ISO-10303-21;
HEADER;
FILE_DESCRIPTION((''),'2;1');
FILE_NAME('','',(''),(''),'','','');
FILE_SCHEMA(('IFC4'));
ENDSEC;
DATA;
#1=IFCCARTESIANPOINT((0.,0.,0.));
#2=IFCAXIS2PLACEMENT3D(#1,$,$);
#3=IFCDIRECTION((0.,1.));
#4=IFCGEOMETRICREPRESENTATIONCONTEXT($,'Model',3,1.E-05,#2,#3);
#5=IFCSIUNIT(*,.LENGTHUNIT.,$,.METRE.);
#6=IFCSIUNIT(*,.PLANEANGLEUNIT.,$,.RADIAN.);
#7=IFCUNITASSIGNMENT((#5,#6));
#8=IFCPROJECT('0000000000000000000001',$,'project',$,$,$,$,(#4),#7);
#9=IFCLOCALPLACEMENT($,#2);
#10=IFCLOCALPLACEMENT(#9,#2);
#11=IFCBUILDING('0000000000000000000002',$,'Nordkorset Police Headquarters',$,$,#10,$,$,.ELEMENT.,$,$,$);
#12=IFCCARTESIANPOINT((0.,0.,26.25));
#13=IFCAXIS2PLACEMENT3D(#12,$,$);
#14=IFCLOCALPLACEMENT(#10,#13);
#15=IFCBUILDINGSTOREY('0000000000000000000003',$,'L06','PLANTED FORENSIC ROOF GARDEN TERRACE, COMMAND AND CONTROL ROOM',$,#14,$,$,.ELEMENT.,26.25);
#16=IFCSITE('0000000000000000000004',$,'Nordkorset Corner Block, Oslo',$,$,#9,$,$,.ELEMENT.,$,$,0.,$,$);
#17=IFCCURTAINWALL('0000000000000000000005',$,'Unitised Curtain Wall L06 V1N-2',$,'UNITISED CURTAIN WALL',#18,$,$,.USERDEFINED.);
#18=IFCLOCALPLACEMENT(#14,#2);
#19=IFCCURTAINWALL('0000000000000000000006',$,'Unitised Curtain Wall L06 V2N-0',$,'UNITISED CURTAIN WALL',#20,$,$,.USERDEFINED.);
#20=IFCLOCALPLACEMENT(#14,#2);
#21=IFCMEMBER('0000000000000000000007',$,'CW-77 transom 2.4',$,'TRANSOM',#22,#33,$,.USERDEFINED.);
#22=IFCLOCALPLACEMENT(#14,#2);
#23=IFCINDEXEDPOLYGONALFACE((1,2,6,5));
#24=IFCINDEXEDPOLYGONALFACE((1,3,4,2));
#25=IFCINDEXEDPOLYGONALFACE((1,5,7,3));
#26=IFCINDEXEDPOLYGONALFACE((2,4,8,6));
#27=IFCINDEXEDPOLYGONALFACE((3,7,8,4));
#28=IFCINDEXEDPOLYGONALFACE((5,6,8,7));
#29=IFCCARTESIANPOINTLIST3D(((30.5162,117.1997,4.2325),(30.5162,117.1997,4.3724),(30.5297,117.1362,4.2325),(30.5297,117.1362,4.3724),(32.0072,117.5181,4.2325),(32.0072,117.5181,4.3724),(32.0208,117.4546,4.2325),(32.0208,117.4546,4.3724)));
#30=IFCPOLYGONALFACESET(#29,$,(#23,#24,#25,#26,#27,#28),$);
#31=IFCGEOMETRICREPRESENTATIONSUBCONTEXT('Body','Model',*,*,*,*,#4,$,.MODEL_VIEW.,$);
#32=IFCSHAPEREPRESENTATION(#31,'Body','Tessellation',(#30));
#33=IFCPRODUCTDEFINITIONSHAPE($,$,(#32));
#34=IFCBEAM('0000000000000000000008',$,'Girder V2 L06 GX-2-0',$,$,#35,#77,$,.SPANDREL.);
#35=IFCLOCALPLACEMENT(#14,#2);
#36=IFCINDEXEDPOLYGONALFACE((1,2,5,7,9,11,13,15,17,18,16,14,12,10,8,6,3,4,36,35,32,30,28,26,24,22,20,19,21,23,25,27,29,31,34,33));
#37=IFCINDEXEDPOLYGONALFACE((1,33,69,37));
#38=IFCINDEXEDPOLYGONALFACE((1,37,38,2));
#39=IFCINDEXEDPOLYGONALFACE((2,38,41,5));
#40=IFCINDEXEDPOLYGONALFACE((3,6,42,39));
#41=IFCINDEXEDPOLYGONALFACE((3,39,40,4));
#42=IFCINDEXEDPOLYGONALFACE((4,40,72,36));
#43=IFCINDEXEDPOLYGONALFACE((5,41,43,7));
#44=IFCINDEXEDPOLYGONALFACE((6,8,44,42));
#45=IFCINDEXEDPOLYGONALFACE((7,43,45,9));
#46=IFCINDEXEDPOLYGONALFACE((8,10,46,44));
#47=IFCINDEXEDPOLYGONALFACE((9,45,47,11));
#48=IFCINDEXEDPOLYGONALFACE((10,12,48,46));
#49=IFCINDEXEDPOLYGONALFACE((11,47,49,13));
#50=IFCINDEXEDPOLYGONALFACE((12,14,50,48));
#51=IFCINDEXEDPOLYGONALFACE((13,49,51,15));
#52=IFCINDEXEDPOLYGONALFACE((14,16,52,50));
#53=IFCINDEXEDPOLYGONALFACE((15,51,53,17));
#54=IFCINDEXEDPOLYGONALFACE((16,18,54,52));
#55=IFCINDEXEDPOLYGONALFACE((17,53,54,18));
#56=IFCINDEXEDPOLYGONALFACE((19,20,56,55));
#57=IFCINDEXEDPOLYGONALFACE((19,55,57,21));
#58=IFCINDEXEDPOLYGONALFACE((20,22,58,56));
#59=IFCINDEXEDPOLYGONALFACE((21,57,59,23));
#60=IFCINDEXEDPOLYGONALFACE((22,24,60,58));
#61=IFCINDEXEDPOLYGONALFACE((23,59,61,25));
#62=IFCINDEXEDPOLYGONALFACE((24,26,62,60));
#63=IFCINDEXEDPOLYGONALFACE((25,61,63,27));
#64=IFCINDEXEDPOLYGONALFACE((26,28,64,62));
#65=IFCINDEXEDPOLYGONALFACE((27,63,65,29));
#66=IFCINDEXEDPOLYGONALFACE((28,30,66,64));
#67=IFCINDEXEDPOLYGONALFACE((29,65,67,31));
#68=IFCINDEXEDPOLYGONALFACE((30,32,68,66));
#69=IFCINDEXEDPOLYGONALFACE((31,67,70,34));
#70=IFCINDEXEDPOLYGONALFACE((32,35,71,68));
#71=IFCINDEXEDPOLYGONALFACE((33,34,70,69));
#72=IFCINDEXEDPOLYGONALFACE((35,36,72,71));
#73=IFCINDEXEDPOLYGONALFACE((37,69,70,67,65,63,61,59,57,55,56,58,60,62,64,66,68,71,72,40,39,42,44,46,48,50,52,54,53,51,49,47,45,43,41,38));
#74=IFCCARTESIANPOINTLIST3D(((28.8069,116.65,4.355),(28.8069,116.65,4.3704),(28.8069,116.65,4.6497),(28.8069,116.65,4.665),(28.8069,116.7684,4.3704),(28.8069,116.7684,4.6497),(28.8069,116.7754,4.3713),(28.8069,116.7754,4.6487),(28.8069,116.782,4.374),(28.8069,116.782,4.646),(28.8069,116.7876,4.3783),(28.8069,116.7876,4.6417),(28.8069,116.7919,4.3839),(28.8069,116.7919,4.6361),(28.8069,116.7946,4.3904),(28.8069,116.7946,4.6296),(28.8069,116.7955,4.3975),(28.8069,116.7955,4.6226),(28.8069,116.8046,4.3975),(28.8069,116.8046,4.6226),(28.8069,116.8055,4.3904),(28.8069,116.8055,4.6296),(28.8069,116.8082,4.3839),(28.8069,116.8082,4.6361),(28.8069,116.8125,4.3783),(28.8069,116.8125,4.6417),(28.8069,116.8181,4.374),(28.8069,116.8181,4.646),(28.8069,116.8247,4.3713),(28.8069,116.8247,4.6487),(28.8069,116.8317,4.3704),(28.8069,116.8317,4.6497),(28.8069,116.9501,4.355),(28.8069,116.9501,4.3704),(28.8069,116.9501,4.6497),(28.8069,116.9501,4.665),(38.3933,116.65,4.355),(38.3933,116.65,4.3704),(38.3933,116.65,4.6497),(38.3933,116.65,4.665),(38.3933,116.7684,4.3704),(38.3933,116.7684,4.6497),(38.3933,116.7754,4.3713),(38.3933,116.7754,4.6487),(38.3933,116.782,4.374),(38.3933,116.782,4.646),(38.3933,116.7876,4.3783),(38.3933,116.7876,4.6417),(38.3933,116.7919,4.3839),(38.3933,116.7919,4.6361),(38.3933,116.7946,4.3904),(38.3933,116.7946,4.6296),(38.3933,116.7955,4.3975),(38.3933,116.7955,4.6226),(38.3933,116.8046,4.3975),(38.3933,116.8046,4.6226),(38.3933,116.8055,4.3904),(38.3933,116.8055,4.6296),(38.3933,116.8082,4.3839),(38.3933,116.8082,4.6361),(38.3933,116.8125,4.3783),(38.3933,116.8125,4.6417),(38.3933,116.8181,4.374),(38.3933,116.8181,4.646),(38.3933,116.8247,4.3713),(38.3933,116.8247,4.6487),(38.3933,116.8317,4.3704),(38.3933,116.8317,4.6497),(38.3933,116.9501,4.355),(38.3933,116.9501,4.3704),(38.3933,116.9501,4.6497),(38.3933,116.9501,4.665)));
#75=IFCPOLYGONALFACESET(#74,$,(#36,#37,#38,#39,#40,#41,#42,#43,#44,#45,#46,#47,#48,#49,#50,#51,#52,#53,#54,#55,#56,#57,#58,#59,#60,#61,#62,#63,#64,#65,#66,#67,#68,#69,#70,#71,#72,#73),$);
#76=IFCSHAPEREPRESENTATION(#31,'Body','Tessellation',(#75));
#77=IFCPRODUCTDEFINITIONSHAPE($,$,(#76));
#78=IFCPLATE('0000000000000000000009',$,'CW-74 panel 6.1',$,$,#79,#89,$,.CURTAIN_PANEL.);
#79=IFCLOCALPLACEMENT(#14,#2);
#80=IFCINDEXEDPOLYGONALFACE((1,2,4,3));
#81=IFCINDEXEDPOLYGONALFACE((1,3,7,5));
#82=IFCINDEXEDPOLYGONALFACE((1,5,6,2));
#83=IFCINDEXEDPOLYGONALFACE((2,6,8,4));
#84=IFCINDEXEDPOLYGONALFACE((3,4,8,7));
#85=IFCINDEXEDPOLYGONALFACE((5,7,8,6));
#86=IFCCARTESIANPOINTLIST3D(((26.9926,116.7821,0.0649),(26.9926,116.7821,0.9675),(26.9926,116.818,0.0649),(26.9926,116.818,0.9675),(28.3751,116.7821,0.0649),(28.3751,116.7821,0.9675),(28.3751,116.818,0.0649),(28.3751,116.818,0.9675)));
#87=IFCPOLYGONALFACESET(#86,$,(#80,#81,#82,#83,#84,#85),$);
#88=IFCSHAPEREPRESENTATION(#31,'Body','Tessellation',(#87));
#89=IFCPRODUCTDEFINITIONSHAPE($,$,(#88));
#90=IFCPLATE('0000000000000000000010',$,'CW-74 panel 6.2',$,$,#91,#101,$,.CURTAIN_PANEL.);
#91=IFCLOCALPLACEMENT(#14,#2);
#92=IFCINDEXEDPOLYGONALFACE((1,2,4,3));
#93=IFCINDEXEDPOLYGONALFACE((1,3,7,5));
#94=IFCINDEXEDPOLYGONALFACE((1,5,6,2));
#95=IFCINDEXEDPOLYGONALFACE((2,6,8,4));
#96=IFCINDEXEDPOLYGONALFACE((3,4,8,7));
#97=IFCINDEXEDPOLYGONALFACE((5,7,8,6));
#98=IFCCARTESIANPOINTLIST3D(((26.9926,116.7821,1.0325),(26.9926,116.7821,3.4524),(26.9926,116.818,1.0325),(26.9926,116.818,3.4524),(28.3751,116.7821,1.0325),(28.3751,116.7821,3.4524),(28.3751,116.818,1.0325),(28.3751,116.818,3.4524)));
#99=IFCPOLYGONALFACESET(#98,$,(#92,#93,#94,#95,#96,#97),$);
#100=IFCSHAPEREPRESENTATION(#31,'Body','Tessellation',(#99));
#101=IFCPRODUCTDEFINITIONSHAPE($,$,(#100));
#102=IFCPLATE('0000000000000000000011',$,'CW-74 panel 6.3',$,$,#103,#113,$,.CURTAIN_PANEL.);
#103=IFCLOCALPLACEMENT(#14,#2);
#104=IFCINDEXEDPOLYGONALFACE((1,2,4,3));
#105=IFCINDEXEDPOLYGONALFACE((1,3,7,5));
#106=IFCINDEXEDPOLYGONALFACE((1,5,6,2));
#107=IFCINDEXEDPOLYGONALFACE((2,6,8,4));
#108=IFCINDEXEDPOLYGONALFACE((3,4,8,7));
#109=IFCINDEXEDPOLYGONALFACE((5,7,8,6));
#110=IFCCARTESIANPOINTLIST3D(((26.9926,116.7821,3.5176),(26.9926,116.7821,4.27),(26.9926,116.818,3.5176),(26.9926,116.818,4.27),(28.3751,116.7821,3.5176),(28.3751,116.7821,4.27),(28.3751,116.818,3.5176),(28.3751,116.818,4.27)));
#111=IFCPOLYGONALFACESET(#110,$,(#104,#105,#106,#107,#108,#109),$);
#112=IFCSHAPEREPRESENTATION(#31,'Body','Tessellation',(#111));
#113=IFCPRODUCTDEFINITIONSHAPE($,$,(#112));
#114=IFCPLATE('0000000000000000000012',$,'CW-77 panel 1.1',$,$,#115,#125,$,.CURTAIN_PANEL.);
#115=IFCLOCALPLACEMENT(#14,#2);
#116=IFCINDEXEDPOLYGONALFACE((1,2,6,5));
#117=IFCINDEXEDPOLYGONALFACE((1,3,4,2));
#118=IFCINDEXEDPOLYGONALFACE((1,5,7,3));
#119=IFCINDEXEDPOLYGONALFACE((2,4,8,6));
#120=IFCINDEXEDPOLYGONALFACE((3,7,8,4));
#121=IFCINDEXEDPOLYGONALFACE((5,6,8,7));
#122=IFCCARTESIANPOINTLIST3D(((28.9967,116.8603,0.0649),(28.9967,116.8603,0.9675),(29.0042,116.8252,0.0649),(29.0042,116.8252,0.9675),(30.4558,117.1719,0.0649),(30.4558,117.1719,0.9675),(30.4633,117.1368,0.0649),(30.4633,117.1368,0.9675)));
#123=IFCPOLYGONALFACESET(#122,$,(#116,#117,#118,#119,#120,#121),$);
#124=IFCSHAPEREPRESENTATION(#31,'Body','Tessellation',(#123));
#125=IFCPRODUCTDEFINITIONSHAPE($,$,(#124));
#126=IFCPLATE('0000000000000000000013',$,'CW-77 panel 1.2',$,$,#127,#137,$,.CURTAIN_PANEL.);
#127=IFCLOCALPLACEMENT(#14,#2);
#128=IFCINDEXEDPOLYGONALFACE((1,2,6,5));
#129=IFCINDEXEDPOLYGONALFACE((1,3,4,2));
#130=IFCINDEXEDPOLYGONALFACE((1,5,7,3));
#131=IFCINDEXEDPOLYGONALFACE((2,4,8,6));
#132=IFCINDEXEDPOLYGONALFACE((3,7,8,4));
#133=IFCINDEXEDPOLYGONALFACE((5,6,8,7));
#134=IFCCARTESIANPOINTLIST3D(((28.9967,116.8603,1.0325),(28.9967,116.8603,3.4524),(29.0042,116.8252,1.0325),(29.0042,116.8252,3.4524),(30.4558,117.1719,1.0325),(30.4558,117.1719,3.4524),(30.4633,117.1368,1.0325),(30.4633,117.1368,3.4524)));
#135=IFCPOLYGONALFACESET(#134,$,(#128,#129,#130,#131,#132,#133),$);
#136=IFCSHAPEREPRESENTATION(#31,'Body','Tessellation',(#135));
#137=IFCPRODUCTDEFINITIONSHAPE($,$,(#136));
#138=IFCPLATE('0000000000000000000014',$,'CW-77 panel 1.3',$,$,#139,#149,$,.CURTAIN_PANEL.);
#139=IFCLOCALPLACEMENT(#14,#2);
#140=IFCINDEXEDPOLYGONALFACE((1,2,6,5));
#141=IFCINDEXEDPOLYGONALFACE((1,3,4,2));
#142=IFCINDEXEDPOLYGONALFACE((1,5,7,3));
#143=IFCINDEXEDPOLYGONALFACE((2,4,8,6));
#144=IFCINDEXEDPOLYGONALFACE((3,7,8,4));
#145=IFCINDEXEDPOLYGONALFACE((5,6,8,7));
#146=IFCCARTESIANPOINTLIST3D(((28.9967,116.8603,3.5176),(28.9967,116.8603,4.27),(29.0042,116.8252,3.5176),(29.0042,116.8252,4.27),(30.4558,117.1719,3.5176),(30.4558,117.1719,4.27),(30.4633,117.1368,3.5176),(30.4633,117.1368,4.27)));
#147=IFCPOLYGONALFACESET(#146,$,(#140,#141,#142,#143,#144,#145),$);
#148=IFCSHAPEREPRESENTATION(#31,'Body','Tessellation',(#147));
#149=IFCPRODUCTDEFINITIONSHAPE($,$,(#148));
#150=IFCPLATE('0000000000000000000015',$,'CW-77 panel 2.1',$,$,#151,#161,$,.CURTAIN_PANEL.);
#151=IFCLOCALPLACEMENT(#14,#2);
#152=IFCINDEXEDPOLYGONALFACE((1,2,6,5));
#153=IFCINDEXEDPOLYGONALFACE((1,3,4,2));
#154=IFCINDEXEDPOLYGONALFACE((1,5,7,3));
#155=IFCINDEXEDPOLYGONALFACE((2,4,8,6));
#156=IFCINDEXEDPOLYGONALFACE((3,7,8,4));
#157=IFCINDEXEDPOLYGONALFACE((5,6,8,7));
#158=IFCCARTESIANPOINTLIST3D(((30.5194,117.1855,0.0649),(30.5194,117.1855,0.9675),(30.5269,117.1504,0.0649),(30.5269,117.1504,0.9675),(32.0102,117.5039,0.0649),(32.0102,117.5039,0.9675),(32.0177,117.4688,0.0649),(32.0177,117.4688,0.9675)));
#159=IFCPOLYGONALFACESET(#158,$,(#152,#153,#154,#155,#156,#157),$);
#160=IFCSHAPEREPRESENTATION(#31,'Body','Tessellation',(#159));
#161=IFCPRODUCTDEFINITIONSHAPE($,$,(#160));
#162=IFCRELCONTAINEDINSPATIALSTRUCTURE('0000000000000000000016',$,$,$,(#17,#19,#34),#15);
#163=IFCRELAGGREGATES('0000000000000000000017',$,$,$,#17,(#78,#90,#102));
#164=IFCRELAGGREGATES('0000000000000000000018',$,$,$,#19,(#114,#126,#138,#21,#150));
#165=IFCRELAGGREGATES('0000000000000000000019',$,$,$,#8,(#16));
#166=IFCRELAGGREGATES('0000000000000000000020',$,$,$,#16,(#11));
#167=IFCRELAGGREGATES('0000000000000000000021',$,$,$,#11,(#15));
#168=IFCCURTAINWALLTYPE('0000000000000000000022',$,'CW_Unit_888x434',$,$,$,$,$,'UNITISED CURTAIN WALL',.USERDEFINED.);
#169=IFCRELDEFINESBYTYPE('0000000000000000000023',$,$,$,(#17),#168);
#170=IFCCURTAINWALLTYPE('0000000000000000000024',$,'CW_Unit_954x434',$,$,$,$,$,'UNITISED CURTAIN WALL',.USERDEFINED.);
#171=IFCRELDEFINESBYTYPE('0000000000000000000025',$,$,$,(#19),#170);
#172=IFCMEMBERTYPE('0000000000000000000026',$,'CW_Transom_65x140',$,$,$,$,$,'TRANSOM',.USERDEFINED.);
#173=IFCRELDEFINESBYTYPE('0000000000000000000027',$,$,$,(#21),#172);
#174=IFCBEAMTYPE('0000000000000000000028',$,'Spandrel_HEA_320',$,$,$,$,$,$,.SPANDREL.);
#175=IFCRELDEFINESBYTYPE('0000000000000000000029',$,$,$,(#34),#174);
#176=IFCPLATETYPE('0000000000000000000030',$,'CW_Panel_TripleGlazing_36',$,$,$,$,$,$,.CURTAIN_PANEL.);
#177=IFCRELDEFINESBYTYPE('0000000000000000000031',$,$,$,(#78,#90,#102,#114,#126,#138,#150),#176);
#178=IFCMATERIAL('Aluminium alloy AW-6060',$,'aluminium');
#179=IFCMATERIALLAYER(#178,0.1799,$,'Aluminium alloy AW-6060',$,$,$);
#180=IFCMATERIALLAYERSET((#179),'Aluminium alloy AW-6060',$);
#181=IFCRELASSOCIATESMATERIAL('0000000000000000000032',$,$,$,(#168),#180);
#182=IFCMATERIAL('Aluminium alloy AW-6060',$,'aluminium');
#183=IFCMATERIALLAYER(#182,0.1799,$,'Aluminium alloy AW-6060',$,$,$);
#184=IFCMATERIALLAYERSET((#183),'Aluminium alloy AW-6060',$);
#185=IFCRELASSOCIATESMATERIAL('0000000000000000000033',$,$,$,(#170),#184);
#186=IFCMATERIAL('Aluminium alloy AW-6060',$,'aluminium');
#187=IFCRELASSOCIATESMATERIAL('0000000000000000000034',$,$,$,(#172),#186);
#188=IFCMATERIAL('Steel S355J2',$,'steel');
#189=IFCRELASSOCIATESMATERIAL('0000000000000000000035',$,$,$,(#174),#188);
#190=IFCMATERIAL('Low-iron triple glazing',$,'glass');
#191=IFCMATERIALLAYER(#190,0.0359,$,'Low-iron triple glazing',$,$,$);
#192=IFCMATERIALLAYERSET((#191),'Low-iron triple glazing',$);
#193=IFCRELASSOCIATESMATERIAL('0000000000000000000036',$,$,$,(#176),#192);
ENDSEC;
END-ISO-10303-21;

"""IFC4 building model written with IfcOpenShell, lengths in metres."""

from ifc_helpers import new_model, si_unit, direction, frame, origin, origin_2d, place, context, subcontext, project, spatial, rectangle, i_section, extrude, material, layer, layer_set, material_profile, profile_set, type_object, element, aggregate, save


model = new_model("IFC4")

# Units and contexts
model_context = context("Model", 3, precision=1e-05, world=origin(), true_north=direction((0.0, 1.0)))
body_context = subcontext(model_context, "Body", "Model", "MODEL_VIEW")
ifc_project = project(units=[si_unit("LENGTHUNIT", "METRE"), si_unit("PLANEANGLEUNIT", "RADIAN")], contexts=[model_context])

# Site, building, storey
site_placement = place(None, origin())
site = spatial("IfcSite", under=ifc_project, at=site_placement, Name="Nordkorset Corner Block, Oslo", CompositionType="ELEMENT", RefElevation=0.0)
building_placement = place(site_placement, origin())
building = spatial("IfcBuilding", under=site, at=building_placement, Name="Nordkorset Police Headquarters", CompositionType="ELEMENT")
storey_placement = place(building_placement, frame((0.0, 0.0, 26.25)))
storey = spatial("IfcBuildingStorey", under=building, at=storey_placement, Name="L06", Description="PLANTED FORENSIC ROOF GARDEN TERRACE, COMMAND AND CONTROL ROOM", CompositionType="ELEMENT", Elevation=26.25)

# Curtain wall
ifc_material_1 = material(Name="Aluminium alloy AW-6060", Category="aluminium")
ifc_layer_1 = layer(ifc_material_1, 0.1799, Name="Aluminium alloy AW-6060")
ifc_layer_set_1 = layer_set([ifc_layer_1], Name="Aluminium alloy AW-6060")
curtain_wall_type_1 = type_object("IfcCurtainWallType", Name="CW_Unit_888x434", ElementType="UNITISED CURTAIN WALL", PredefinedType="USERDEFINED", material=ifc_layer_set_1)
curtain_wall_1_placement = place(storey_placement, origin())
curtain_wall_1 = element("IfcCurtainWall", 1, at=curtain_wall_1_placement, inside=storey, type_object=curtain_wall_type_1, Name="Unitised Curtain Wall L06 V1N-2", ObjectType="UNITISED CURTAIN WALL", PredefinedType="USERDEFINED")

# Curtain wall, member
ifc_material_2 = material(Name="Aluminium alloy AW-6060", Category="aluminium")
ifc_layer_2 = layer(ifc_material_2, 0.1799, Name="Aluminium alloy AW-6060")
ifc_layer_set_2 = layer_set([ifc_layer_2], Name="Aluminium alloy AW-6060")
curtain_wall_type_2 = type_object("IfcCurtainWallType", Name="CW_Unit_954x434", ElementType="UNITISED CURTAIN WALL", PredefinedType="USERDEFINED", material=ifc_layer_set_2)
curtain_wall_2_placement = place(storey_placement, origin())
curtain_wall_2 = element("IfcCurtainWall", 2, at=curtain_wall_2_placement, inside=storey, type_object=curtain_wall_type_2, Name="Unitised Curtain Wall L06 V2N-0", ObjectType="UNITISED CURTAIN WALL", PredefinedType="USERDEFINED")
ifc_material_3 = material(Name="Aluminium alloy AW-6060", Category="aluminium")
ifc_material_profile_1 = material_profile(ifc_material_3, rectangle(XDim=0.0649, YDim=0.1399, at=origin_2d()), Name="ALU TRAN 65x140")
ifc_profile_set_1 = profile_set([ifc_material_profile_1], Name="Aluminium alloy AW-6060")
member_type_1 = type_object("IfcMemberType", Name="CW_Transom_65x140", ElementType="TRANSOM", PredefinedType="USERDEFINED", material=ifc_profile_set_1)
member_1_placement = place(storey_placement, frame((30.5229, 117.168, 4.3025), z_axis=(0.977954, 0.208818, 0.0), x_axis=(-0.208818, 0.977954, 0.0)))
member_1 = element("IfcMember", 3, at=member_1_placement, type_object=member_type_1, Name="CW-77 transom 2.4", ObjectType="TRANSOM", PredefinedType="USERDEFINED", context=body_context, shape_type="SweptSolid", body=[
    extrude(rectangle(XDim=0.0649, YDim=0.1399, at=origin_2d()), origin(), (0.0, 0.0, 1.0), 1.5247),
])

# Beam
ifc_material_4 = material(Name="Steel S355J2", Category="steel")
ifc_material_profile_2 = material_profile(ifc_material_4, i_section(OverallWidth=0.3, OverallDepth=0.3101, WebThickness=0.009, FlangeThickness=0.0154, FilletRadius=0.0271, at=origin_2d()), Name="HEA 320")
ifc_profile_set_2 = profile_set([ifc_material_profile_2], Name="Steel S355J2")
beam_type = type_object("IfcBeamType", Name="Spandrel_HEA_320", PredefinedType="SPANDREL", material=ifc_profile_set_2)
beam_placement = place(storey_placement, frame((28.8069, 116.8, 4.51), z_axis=(1.0, 0.0, 0.0), x_axis=(0.0, 1.0, 0.0)))
element("IfcBeam", 4, at=beam_placement, inside=storey, type_object=beam_type, Name="Girder V2 L06 GX-2-0", PredefinedType="SPANDREL", context=body_context, shape_type="SweptSolid", body=[
    extrude(i_section(OverallWidth=0.3, OverallDepth=0.3101, WebThickness=0.009, FlangeThickness=0.0154, FilletRadius=0.0271, at=origin_2d()), origin(), (0.0, 0.0, 1.0), 9.5864),
])

# Plates
ifc_material_5 = material(Name="Low-iron triple glazing", Category="glass")
ifc_layer_3 = layer(ifc_material_5, 0.0359, Name="Low-iron triple glazing")
ifc_layer_set_3 = layer_set([ifc_layer_3], Name="Low-iron triple glazing")
plate_type = type_object("IfcPlateType", Name="CW_Panel_TripleGlazing_36", PredefinedType="CURTAIN_PANEL", material=ifc_layer_set_3)
plate_1_placement = place(storey_placement, frame((27.6838, 116.8, 0.0649), z_axis=(0.0, 0.0, 1.0), x_axis=(1.0, 0.0, 0.0)))
plate_1 = element("IfcPlate", 5, at=plate_1_placement, type_object=plate_type, Name="CW-74 panel 6.1", PredefinedType="CURTAIN_PANEL", context=body_context, shape_type="SweptSolid", body=[
    extrude(rectangle(XDim=1.3826, YDim=0.0359, at=origin_2d()), origin(), (0.0, 0.0, 1.0), 0.9026),
])
plate_2_placement = place(storey_placement, frame((27.6838, 116.8, 1.0325), z_axis=(0.0, 0.0, 1.0), x_axis=(1.0, 0.0, 0.0)))
plate_2 = element("IfcPlate", 6, at=plate_2_placement, type_object=plate_type, Name="CW-74 panel 6.2", PredefinedType="CURTAIN_PANEL", context=body_context, shape_type="SweptSolid", body=[
    extrude(rectangle(XDim=1.3826, YDim=0.0359, at=origin_2d()), origin(), (0.0, 0.0, 1.0), 2.4199),
])
plate_3_placement = place(storey_placement, frame((27.6838, 116.8, 3.5176), z_axis=(0.0, 0.0, 1.0), x_axis=(1.0, 0.0, 0.0)))
plate_3 = element("IfcPlate", 7, at=plate_3_placement, type_object=plate_type, Name="CW-74 panel 6.3", PredefinedType="CURTAIN_PANEL", context=body_context, shape_type="SweptSolid", body=[
    extrude(rectangle(XDim=1.3826, YDim=0.0359, at=origin_2d()), origin(), (0.0, 0.0, 1.0), 0.7524),
])
aggregate(curtain_wall_1, [plate_1, plate_2, plate_3])
plate_4_placement = place(storey_placement, frame((29.73, 116.9985, 0.0649), z_axis=(0.0, 0.0, 1.0), x_axis=(0.977951, 0.208833, 0.0)))
plate_4 = element("IfcPlate", 8, at=plate_4_placement, type_object=plate_type, Name="CW-77 panel 1.1", PredefinedType="CURTAIN_PANEL", context=body_context, shape_type="SweptSolid", body=[
    extrude(rectangle(XDim=1.4919, YDim=0.0359, at=origin_2d()), origin(), (0.0, 0.0, 1.0), 0.9026),
])
plate_5_placement = place(storey_placement, frame((29.73, 116.9985, 1.0325), z_axis=(0.0, 0.0, 1.0), x_axis=(0.977951, 0.208833, 0.0)))
plate_5 = element("IfcPlate", 9, at=plate_5_placement, type_object=plate_type, Name="CW-77 panel 1.2", PredefinedType="CURTAIN_PANEL", context=body_context, shape_type="SweptSolid", body=[
    extrude(rectangle(XDim=1.4919, YDim=0.0359, at=origin_2d()), origin(), (0.0, 0.0, 1.0), 2.4199),
])
plate_6_placement = place(storey_placement, frame((29.73, 116.9985, 3.5176), z_axis=(0.0, 0.0, 1.0), x_axis=(0.977951, 0.208833, 0.0)))
plate_6 = element("IfcPlate", 10, at=plate_6_placement, type_object=plate_type, Name="CW-77 panel 1.3", PredefinedType="CURTAIN_PANEL", context=body_context, shape_type="SweptSolid", body=[
    extrude(rectangle(XDim=1.4919, YDim=0.0359, at=origin_2d()), origin(), (0.0, 0.0, 1.0), 0.7524),
])
plate_7_placement = place(storey_placement, frame((31.2686, 117.3271, 0.0649), z_axis=(0.0, 0.0, 1.0), x_axis=(0.977951, 0.208833, 0.0)))
plate_7 = element("IfcPlate", 11, at=plate_7_placement, type_object=plate_type, Name="CW-77 panel 2.1", PredefinedType="CURTAIN_PANEL", context=body_context, shape_type="SweptSolid", body=[
    extrude(rectangle(XDim=1.5244, YDim=0.0359, at=origin_2d()), origin(), (0.0, 0.0, 1.0), 0.9026),
])
aggregate(curtain_wall_2, [plate_4, plate_5, plate_6, member_1, plate_7])

save(model, "model.ifc")
